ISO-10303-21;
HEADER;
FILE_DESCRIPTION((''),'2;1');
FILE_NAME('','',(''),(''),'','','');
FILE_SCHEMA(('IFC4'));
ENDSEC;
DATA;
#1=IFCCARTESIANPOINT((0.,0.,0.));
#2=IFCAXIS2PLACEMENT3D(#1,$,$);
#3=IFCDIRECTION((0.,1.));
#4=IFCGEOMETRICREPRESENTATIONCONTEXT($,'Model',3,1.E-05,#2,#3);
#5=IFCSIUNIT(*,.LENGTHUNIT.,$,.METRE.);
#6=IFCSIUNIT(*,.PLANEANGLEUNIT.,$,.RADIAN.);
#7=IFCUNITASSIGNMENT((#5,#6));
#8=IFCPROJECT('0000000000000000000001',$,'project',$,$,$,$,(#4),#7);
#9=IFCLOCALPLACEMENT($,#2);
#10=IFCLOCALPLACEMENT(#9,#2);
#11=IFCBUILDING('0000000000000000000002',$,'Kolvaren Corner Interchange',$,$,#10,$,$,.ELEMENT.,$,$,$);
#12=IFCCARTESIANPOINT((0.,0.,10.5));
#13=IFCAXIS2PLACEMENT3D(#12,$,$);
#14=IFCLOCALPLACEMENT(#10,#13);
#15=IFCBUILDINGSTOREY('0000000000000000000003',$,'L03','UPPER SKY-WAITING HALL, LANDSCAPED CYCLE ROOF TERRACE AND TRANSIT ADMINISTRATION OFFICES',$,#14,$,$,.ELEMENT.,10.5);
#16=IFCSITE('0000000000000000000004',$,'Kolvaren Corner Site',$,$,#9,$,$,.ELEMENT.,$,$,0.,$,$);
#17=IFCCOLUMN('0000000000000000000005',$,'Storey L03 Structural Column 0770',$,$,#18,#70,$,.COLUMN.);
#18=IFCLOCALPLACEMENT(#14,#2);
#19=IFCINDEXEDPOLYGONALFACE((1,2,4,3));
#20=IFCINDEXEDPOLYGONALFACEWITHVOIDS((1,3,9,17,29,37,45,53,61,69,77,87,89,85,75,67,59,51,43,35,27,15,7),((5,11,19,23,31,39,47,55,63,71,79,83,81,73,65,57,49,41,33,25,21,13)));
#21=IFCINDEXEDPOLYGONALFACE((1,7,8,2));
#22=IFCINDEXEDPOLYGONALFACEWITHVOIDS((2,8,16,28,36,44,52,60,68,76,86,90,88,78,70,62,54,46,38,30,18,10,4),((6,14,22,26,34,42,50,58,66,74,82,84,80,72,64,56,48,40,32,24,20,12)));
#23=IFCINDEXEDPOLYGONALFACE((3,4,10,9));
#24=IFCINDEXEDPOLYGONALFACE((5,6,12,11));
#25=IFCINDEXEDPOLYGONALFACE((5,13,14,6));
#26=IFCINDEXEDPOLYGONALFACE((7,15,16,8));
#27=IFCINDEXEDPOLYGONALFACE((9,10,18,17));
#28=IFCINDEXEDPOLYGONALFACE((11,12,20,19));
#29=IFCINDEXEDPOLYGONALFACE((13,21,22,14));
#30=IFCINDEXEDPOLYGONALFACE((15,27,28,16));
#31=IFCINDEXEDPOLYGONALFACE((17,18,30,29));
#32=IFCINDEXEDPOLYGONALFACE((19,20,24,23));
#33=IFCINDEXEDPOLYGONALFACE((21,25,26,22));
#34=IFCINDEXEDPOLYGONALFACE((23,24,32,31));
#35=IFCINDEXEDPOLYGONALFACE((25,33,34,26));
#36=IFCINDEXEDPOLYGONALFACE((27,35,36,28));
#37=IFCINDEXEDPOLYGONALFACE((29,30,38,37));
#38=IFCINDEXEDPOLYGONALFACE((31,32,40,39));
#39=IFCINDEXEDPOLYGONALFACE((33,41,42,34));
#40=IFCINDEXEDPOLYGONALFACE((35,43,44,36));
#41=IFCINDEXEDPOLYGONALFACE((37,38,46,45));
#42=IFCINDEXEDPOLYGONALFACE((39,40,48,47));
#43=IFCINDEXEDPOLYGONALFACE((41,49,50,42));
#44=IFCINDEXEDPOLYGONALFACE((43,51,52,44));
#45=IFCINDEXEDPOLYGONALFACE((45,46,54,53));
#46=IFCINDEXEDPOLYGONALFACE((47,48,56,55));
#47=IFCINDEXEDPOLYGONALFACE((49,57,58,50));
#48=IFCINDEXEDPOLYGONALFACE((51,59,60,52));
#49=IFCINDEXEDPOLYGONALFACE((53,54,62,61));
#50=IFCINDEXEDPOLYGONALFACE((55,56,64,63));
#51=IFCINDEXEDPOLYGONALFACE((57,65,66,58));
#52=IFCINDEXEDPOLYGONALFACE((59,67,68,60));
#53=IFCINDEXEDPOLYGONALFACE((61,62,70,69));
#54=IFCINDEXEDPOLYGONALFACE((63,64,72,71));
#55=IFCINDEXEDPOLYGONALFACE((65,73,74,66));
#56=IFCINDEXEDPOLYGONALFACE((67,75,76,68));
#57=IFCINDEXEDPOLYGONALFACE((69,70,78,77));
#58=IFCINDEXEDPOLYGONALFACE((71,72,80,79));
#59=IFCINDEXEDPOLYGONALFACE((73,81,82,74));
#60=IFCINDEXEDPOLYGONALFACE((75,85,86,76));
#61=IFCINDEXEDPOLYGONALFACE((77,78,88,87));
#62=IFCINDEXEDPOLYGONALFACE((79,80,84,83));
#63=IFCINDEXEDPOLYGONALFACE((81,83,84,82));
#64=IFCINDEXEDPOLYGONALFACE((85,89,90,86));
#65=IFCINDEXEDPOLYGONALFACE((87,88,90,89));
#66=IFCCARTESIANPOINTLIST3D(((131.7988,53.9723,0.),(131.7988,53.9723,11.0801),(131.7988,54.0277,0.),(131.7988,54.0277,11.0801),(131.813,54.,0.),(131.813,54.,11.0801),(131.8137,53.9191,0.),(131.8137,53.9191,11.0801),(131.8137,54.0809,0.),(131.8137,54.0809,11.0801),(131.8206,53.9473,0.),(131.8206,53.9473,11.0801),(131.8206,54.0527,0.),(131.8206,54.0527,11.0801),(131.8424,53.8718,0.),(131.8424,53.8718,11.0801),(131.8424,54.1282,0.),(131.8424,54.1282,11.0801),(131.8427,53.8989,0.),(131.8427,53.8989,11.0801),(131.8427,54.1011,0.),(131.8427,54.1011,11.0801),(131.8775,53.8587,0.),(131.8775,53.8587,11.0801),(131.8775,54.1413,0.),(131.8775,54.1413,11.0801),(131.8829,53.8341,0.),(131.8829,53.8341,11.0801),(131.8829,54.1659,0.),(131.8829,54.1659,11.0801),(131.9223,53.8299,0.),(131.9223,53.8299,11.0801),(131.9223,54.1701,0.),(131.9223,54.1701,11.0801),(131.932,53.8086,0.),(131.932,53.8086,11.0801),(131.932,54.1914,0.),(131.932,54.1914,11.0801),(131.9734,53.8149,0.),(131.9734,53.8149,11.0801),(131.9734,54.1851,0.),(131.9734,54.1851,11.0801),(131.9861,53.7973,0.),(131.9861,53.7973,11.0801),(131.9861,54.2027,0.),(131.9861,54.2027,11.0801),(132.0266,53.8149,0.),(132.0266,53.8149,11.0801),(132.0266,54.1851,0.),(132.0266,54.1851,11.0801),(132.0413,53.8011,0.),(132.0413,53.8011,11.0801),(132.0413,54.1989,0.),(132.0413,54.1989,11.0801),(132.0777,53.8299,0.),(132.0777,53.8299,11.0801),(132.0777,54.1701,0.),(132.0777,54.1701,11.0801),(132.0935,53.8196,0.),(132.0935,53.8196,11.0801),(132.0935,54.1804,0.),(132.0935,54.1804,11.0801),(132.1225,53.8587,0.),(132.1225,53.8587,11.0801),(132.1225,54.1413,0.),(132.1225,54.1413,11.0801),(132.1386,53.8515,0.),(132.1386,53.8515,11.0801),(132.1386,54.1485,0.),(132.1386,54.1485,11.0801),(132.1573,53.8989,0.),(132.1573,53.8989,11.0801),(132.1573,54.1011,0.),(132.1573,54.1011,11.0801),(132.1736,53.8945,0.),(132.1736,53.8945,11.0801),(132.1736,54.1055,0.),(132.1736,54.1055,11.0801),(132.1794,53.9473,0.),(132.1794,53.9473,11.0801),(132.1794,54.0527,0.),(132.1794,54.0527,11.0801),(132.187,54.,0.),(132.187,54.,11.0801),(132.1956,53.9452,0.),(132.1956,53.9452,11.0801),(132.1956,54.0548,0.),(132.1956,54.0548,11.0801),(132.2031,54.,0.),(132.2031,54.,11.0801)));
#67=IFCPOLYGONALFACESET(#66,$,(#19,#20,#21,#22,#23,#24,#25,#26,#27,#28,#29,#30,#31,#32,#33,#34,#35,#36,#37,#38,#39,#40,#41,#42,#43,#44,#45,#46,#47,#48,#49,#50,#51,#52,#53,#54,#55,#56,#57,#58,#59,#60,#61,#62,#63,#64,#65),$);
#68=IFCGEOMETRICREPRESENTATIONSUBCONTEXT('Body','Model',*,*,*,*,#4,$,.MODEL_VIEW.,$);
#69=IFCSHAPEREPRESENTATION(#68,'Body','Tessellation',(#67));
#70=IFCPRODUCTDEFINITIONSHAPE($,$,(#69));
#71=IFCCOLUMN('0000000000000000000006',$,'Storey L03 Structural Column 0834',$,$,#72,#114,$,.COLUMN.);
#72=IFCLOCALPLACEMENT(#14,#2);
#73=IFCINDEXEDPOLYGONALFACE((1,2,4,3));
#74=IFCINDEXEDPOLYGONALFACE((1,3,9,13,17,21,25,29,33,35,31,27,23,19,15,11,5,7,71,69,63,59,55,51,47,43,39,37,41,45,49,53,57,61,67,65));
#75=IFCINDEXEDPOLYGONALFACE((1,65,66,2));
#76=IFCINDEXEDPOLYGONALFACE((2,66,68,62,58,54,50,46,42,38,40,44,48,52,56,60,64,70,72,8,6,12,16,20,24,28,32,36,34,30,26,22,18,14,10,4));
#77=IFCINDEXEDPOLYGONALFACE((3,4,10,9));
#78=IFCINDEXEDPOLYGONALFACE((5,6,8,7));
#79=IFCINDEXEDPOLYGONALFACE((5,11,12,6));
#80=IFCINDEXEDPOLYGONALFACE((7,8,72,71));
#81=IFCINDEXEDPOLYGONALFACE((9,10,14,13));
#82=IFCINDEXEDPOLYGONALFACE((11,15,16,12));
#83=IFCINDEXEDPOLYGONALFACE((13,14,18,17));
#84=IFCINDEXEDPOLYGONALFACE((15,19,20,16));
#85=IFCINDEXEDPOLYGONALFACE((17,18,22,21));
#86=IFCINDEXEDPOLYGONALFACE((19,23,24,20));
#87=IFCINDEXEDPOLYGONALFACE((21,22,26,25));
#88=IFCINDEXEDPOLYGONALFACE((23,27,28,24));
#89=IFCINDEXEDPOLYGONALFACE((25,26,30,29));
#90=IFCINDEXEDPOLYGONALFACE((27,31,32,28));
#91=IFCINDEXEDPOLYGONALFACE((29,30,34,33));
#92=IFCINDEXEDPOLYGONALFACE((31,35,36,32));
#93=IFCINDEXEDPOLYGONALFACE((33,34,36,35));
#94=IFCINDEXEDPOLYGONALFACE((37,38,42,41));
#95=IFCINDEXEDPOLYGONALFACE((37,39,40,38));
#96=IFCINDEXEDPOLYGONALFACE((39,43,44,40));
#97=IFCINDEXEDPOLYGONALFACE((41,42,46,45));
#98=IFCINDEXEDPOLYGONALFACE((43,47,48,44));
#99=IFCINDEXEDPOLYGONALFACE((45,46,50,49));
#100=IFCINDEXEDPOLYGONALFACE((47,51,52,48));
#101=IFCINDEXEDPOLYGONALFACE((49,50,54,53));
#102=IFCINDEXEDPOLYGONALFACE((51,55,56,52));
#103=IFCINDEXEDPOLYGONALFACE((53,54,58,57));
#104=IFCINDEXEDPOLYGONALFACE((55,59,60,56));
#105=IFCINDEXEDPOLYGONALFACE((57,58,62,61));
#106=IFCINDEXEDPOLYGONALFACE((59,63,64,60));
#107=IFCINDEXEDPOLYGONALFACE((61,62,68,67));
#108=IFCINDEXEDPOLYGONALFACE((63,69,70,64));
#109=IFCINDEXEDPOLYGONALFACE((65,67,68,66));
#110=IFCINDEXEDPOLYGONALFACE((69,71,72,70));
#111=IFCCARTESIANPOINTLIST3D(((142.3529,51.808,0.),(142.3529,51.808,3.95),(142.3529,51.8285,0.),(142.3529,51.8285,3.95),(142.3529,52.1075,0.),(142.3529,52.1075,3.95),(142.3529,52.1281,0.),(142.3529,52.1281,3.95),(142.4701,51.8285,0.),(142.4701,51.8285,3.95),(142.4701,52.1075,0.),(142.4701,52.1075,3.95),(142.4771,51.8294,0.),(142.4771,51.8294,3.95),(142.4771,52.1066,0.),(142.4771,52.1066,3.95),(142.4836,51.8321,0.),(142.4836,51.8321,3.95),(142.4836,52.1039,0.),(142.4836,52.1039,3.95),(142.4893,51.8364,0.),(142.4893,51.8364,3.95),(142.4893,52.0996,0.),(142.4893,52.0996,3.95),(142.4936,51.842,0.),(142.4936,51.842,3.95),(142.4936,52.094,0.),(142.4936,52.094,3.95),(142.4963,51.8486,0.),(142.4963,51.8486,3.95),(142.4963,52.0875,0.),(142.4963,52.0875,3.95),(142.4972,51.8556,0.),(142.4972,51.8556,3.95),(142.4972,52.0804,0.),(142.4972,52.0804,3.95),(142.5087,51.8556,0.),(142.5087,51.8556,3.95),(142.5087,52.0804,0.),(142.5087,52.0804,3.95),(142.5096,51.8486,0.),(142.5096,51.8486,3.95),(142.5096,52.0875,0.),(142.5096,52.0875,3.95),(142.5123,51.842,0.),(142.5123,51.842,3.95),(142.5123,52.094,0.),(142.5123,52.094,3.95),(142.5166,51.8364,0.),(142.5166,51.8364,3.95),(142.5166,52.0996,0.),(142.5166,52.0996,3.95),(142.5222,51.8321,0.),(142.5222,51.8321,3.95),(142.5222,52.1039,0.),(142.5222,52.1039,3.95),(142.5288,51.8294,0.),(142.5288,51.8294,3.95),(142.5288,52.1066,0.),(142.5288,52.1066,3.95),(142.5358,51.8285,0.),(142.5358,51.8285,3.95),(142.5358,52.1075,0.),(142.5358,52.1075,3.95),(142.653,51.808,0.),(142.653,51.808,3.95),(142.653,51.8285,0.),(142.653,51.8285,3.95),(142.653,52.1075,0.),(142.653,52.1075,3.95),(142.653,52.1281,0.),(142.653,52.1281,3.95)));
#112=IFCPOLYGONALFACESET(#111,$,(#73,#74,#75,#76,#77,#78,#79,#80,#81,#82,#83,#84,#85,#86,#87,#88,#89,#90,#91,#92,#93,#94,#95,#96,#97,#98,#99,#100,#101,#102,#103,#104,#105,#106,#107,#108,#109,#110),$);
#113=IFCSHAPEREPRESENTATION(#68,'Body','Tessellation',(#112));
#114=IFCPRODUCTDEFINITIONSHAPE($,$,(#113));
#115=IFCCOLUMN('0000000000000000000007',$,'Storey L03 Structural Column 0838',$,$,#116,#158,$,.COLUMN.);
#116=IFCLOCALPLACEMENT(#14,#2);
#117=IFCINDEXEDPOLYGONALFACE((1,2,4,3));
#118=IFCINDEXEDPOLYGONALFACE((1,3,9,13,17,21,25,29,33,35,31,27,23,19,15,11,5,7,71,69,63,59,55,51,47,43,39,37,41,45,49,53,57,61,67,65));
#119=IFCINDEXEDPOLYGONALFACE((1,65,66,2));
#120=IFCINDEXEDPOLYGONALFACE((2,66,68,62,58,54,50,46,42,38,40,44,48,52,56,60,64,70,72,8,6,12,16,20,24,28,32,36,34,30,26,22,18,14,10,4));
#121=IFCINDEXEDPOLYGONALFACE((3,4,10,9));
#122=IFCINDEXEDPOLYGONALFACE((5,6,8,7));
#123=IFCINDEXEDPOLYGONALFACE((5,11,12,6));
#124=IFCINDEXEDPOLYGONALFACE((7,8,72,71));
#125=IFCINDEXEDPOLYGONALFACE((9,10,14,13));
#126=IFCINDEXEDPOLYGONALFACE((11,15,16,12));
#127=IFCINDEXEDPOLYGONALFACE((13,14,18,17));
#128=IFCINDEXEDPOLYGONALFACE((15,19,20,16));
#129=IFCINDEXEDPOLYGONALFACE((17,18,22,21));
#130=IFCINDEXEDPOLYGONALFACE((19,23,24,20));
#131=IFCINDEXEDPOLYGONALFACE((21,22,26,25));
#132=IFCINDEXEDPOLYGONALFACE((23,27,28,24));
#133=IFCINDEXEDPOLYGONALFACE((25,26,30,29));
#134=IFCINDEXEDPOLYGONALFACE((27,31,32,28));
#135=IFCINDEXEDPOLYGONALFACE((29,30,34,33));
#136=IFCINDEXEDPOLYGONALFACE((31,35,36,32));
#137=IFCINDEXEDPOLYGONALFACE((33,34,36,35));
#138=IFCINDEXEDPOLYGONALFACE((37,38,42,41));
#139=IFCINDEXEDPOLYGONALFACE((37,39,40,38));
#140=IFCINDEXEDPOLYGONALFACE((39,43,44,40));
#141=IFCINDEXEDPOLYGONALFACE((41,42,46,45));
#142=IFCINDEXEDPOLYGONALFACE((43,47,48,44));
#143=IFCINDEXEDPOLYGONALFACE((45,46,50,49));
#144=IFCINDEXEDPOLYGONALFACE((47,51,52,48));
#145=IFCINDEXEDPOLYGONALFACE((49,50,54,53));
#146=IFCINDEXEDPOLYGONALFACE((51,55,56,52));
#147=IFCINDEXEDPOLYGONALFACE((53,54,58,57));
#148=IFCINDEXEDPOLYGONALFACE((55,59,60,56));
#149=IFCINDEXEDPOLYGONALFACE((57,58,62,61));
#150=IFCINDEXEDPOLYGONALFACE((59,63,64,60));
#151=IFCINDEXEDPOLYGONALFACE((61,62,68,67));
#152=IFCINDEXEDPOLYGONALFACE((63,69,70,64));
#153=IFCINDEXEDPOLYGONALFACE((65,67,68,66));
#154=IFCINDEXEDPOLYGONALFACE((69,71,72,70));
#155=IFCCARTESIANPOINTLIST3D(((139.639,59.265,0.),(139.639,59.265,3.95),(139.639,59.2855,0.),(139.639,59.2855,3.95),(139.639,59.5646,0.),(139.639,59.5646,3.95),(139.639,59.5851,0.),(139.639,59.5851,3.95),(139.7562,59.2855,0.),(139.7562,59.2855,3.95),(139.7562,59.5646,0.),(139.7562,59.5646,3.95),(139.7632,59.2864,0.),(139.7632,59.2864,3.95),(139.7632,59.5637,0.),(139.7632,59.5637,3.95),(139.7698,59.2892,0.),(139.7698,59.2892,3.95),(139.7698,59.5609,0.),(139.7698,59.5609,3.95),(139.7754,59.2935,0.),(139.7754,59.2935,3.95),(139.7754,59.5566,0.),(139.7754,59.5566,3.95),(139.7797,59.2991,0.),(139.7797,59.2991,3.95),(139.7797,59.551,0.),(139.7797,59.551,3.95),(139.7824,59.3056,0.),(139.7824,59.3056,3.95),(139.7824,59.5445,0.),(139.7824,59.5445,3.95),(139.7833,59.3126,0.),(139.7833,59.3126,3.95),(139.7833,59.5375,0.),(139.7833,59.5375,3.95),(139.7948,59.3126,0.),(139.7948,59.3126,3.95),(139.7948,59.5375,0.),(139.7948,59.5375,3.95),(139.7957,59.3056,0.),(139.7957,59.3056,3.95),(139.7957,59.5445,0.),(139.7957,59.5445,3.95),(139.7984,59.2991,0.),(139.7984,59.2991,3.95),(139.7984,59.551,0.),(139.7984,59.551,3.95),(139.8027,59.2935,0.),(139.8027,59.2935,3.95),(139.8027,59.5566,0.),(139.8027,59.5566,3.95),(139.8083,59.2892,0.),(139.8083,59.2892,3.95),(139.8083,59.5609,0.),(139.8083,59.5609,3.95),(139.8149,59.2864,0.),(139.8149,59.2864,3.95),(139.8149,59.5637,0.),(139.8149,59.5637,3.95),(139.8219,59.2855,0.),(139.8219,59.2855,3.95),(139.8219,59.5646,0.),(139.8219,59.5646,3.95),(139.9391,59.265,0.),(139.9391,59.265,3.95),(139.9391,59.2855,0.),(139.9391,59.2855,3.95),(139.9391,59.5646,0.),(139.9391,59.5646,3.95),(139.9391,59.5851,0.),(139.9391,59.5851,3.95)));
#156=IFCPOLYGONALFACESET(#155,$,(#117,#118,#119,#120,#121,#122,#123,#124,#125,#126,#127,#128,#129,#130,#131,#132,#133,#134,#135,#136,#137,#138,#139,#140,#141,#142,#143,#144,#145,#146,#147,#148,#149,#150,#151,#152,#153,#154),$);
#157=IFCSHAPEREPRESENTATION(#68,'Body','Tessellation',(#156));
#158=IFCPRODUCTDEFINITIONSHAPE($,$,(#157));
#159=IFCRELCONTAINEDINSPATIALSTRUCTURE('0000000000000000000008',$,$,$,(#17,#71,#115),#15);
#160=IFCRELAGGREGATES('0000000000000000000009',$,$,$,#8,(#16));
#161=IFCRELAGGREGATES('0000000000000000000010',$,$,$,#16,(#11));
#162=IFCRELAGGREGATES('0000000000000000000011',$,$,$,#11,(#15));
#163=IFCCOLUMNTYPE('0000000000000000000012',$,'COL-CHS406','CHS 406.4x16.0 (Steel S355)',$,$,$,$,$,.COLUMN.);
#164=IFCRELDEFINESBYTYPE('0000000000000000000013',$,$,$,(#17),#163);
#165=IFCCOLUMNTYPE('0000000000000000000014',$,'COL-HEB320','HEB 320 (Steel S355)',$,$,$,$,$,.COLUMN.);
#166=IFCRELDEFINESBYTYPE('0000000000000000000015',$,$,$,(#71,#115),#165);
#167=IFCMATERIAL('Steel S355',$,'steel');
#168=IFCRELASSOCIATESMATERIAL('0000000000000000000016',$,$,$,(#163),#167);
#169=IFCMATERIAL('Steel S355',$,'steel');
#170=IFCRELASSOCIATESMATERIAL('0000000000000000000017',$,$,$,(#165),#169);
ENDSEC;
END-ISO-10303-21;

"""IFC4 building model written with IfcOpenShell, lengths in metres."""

from ifc_helpers import new_model, si_unit, direction, frame, origin, origin_2d, place, context, subcontext, project, spatial, hollow_circle, i_section, extrude, material, material_profile, profile_set, type_object, element, save


model = new_model("IFC4")

# Units and contexts
model_context = context("Model", 3, precision=1e-05, world=origin(), true_north=direction((0.0, 1.0)))
body_context = subcontext(model_context, "Body", "Model", "MODEL_VIEW")
ifc_project = project(units=[si_unit("LENGTHUNIT", "METRE"), si_unit("PLANEANGLEUNIT", "RADIAN")], contexts=[model_context])

# Site, building, storey
site_placement = place(None, origin())
site = spatial("IfcSite", under=ifc_project, at=site_placement, Name="Kolvaren Corner Site", CompositionType="ELEMENT", RefElevation=0.0)
building_placement = place(site_placement, origin())
building = spatial("IfcBuilding", under=site, at=building_placement, Name="Kolvaren Corner Interchange", CompositionType="ELEMENT")
storey_placement = place(building_placement, frame((0.0, 0.0, 10.5)))
storey = spatial("IfcBuildingStorey", under=building, at=storey_placement, Name="L03", Description="UPPER SKY-WAITING HALL, LANDSCAPED CYCLE ROOF TERRACE AND TRANSIT ADMINISTRATION OFFICES", CompositionType="ELEMENT", Elevation=10.5)

# Columns
ifc_material_1 = material(Name="Steel S355", Category="steel")
ifc_material_profile_1 = material_profile(ifc_material_1, hollow_circle(Radius=0.2031, WallThickness=0.0161, at=origin_2d()), Name="CHS 406.4x16.0")
ifc_profile_set_1 = profile_set([ifc_material_profile_1], Name="Steel S355")
column_type_1 = type_object("IfcColumnType", Name="COL-CHS406", Description="CHS 406.4x16.0 (Steel S355)", PredefinedType="COLUMN", material=ifc_profile_set_1)
column_placement = place(storey_placement, frame((132.0, 54.0, 0.0), z_axis=(0.0, 0.0, 1.0), x_axis=(1.0, 0.0, 0.0)))
element("IfcColumn", 1, at=column_placement, inside=storey, type_object=column_type_1, Name="Storey L03 Structural Column 0770", PredefinedType="COLUMN", context=body_context, shape_type="SweptSolid", body=[
    extrude(hollow_circle(Radius=0.2031, WallThickness=0.0161, at=origin_2d()), origin(), (0.0, 0.0, 1.0), 11.0801),
])
ifc_material_2 = material(Name="Steel S355", Category="steel")
ifc_material_profile_2 = material_profile(ifc_material_2, i_section(OverallWidth=0.3, OverallDepth=0.3201, WebThickness=0.0115, FlangeThickness=0.0205, FilletRadius=0.0271, at=origin_2d()), Name="HEB 320")
ifc_profile_set_2 = profile_set([ifc_material_profile_2], Name="Steel S355")
column_type_2 = type_object("IfcColumnType", Name="COL-HEB320", Description="HEB 320 (Steel S355)", PredefinedType="COLUMN", material=ifc_profile_set_2)
for number, where, z_axis, x_axis, name in (
    (2, (142.5029, 51.968, 0.0), (0.0, 0.0, 1.0), (1.0, 0.0, 0.0), "Storey L03 Structural Column 0834"),
    (3, (139.7891, 59.425, 0.0), (0.0, 0.0, 1.0), (1.0, 0.0, 0.0), "Storey L03 Structural Column 0838"),
):
    element("IfcColumn", number, at=place(storey_placement, frame(where, z_axis=z_axis, x_axis=x_axis)), inside=storey, type_object=column_type_2, Name=name, PredefinedType="COLUMN", context=body_context, shape_type="SweptSolid", body=[
        extrude(i_section(OverallWidth=0.3, OverallDepth=0.3201, WebThickness=0.0115, FlangeThickness=0.0205, FilletRadius=0.0271, at=origin_2d()), origin(), (0.0, 0.0, 1.0), 3.95),
    ])

save(model, "model.ifc")
